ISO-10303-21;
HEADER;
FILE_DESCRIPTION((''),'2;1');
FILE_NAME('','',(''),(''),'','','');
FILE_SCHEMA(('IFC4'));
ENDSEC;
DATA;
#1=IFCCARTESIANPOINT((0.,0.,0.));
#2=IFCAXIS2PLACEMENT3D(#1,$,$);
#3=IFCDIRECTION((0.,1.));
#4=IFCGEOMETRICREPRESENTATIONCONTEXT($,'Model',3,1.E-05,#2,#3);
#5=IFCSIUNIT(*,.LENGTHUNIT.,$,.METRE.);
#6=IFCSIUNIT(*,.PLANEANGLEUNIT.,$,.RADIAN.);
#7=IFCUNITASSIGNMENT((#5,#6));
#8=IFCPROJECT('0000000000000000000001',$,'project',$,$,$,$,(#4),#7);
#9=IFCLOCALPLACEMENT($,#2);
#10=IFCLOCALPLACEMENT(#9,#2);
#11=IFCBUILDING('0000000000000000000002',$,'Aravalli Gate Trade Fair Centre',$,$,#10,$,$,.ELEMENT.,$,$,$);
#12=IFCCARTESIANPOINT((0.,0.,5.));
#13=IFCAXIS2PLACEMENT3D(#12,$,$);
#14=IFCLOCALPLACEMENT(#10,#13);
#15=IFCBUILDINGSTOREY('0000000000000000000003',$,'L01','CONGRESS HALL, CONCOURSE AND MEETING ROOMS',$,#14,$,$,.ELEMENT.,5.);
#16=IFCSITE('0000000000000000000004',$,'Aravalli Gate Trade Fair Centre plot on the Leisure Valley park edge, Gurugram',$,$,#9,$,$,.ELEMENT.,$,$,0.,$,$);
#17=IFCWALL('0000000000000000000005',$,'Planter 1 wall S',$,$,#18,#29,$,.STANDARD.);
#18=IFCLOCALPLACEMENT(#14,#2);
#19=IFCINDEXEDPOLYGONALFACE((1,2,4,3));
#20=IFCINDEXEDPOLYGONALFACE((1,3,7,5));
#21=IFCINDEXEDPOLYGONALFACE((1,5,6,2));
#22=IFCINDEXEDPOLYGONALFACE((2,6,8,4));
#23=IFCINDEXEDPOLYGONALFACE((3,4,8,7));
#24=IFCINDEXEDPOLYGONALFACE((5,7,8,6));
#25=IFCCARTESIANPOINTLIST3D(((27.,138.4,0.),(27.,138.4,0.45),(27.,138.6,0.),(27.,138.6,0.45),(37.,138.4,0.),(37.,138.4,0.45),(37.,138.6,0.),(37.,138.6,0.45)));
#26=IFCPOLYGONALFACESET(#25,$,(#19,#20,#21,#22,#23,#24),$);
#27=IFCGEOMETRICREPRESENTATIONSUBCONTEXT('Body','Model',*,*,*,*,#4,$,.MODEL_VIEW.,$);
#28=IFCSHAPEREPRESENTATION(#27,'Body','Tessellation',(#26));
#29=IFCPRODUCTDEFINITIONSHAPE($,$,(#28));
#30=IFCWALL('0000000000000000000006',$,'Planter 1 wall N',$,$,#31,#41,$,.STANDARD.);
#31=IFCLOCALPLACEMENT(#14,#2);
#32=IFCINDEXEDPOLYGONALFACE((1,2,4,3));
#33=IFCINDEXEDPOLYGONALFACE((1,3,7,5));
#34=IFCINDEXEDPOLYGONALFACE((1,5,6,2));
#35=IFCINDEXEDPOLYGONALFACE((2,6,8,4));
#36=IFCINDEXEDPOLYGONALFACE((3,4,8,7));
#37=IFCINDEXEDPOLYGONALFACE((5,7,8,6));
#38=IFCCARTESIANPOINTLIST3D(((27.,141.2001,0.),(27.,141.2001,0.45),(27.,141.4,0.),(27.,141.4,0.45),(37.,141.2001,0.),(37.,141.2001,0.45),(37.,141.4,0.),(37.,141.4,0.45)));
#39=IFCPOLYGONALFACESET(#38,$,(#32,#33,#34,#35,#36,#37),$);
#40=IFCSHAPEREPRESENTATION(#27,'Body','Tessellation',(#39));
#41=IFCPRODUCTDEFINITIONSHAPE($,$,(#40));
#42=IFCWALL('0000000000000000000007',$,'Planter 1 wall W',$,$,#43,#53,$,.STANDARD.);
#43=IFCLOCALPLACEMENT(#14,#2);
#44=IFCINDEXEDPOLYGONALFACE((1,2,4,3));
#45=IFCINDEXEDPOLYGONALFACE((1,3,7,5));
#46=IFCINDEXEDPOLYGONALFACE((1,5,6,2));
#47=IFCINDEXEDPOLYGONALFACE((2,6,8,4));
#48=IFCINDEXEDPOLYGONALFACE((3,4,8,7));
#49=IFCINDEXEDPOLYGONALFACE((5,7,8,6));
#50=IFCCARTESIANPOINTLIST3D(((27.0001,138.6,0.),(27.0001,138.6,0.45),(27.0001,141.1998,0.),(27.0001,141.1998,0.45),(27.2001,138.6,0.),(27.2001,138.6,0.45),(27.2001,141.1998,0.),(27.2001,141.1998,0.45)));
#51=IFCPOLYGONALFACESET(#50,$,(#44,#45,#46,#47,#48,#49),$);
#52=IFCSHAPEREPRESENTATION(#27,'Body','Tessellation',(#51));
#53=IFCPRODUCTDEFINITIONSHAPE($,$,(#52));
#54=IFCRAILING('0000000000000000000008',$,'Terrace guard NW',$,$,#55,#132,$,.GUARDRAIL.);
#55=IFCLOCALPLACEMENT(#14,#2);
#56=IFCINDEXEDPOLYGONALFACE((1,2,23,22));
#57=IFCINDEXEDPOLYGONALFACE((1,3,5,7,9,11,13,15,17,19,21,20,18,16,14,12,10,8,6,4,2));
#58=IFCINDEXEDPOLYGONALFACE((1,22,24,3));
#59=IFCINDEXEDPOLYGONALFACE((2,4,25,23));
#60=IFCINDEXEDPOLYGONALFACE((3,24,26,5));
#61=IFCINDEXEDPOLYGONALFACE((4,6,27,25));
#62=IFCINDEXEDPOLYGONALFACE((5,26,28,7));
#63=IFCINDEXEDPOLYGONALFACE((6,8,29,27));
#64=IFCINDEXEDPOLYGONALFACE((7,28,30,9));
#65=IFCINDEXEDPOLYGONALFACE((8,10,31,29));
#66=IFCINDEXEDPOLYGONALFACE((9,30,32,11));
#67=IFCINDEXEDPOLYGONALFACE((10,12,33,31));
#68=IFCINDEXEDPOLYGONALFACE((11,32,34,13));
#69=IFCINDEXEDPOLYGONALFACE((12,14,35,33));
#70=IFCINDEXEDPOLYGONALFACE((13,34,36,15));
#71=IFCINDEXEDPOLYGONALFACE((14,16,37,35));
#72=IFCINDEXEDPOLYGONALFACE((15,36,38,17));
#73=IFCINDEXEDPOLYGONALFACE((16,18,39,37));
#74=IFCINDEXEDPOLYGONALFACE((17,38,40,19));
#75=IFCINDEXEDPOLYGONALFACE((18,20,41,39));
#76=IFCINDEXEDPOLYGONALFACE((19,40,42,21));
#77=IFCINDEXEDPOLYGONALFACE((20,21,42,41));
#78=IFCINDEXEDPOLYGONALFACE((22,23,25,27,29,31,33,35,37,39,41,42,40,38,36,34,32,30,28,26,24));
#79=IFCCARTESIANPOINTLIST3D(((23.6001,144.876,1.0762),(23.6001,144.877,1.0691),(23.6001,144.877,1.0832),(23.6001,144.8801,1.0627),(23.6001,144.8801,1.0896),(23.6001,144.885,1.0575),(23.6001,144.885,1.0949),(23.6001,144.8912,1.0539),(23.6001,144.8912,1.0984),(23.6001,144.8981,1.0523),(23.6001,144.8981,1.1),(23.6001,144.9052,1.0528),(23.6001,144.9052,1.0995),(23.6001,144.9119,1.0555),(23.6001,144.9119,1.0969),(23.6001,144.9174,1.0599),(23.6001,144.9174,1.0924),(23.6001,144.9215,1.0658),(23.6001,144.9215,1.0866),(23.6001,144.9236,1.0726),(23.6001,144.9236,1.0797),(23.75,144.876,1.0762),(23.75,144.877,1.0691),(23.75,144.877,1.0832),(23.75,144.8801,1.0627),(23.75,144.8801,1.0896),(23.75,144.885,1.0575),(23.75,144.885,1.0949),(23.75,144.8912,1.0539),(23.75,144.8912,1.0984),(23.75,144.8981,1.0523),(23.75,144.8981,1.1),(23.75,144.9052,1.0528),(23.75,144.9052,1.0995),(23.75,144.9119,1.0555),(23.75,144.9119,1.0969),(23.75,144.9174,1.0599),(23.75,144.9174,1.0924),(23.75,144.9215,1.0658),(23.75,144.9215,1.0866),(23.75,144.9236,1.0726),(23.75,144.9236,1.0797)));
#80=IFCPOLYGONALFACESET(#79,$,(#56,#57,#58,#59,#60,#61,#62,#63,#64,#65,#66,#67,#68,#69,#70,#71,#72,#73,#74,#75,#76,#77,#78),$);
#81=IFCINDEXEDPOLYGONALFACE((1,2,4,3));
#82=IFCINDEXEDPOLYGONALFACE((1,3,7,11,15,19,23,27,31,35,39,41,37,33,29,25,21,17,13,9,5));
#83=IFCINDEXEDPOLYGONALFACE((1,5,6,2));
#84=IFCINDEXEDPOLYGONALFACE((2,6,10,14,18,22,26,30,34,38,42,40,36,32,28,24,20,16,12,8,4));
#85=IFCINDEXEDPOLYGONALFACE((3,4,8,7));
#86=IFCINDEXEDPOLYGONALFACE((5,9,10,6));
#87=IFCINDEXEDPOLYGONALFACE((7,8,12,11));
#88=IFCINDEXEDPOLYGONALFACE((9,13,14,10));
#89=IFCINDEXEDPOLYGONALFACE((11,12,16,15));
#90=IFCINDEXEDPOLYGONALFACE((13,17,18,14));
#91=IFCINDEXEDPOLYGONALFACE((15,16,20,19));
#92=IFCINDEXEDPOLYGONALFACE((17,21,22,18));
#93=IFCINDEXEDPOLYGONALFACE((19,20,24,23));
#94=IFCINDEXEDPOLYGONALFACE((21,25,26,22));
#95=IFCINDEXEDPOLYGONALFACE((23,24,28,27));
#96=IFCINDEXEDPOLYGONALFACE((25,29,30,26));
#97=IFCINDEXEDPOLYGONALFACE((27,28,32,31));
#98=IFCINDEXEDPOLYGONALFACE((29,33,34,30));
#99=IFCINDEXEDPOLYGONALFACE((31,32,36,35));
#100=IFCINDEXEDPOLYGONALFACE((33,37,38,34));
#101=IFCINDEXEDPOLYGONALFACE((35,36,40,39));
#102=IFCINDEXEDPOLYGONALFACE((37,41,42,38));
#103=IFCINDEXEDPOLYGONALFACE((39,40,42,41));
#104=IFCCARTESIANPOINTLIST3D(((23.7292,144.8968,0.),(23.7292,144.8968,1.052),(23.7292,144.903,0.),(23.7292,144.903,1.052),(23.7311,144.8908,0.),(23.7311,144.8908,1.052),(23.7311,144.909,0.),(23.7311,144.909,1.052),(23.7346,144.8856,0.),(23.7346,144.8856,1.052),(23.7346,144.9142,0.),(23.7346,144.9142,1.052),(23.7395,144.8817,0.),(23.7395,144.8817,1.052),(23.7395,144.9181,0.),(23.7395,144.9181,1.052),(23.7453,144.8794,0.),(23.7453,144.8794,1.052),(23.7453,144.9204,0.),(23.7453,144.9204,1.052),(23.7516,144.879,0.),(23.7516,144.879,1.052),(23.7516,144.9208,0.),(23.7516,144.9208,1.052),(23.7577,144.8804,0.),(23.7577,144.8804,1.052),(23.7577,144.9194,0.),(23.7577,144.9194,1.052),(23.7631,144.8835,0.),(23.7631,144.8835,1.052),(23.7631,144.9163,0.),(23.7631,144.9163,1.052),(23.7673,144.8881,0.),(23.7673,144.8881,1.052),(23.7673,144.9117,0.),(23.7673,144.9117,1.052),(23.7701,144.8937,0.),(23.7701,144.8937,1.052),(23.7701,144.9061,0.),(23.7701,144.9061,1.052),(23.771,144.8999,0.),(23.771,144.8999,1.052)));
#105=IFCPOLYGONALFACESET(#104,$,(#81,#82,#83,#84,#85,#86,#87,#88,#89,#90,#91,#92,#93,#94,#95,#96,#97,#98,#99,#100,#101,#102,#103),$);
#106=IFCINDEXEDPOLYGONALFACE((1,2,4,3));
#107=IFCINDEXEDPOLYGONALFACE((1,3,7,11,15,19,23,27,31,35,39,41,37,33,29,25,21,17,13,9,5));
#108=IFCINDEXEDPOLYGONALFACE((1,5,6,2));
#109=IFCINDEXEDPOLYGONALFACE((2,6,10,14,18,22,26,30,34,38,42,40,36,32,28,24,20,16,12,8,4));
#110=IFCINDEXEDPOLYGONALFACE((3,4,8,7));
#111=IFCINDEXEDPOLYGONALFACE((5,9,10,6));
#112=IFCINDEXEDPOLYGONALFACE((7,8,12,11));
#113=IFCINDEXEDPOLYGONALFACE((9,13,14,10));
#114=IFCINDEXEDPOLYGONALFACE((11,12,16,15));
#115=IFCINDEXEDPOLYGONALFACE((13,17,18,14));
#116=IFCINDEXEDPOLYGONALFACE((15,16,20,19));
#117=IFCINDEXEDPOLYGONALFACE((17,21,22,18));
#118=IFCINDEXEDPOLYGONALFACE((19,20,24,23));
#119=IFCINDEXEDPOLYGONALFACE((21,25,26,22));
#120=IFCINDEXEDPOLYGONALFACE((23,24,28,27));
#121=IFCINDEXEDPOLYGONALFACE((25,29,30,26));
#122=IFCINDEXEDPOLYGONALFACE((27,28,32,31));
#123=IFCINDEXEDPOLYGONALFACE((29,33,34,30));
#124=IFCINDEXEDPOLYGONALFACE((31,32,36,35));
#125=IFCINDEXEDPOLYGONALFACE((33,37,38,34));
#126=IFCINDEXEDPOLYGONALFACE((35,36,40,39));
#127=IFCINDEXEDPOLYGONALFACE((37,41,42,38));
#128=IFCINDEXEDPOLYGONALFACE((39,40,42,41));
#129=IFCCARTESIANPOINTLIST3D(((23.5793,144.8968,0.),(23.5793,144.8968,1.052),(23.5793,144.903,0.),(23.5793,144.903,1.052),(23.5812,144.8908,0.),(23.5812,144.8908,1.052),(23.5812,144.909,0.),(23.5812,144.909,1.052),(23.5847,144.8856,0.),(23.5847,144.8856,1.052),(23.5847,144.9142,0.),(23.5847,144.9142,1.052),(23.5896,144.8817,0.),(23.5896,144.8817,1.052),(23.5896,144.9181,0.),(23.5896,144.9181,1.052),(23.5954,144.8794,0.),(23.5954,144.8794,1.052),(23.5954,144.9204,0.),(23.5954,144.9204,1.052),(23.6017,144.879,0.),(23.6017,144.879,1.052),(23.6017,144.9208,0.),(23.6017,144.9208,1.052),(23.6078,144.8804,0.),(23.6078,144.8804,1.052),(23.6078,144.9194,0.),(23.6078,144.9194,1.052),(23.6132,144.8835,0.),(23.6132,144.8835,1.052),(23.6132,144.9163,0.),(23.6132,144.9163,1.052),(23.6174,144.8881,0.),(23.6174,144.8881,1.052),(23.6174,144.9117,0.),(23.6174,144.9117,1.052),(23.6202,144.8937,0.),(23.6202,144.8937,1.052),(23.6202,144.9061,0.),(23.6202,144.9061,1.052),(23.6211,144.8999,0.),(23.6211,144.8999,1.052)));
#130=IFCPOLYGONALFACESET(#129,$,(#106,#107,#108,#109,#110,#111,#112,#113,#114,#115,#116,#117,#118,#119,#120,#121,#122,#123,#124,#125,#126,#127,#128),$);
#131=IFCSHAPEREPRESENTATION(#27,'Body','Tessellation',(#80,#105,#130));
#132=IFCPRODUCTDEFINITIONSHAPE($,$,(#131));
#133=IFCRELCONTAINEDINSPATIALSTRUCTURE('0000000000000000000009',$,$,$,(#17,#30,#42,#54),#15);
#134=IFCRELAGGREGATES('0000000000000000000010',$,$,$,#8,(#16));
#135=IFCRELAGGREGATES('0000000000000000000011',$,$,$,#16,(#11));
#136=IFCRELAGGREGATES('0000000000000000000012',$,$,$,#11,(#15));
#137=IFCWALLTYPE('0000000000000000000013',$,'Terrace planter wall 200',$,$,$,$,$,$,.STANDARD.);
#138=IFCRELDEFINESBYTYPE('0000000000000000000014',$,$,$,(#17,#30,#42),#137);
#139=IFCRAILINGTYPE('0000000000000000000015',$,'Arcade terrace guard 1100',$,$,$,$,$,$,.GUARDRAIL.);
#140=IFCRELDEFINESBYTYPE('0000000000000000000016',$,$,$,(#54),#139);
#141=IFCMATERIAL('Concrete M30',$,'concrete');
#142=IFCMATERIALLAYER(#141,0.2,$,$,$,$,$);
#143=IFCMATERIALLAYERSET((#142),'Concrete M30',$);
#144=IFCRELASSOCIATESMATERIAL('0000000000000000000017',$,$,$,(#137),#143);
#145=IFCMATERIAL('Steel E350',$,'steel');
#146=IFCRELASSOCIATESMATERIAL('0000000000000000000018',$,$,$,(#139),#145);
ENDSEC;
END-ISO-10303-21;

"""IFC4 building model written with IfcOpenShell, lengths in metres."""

from ifc_helpers import new_model, si_unit, direction, frame, frame_2d, origin, origin_2d, place, context, subcontext, project, spatial, rectangle, circle, extrude, material, layer, layer_set, type_object, element, save


model = new_model("IFC4")

# Units and contexts
model_context = context("Model", 3, precision=1e-05, world=origin(), true_north=direction((0.0, 1.0)))
body_context = subcontext(model_context, "Body", "Model", "MODEL_VIEW")
ifc_project = project(units=[si_unit("LENGTHUNIT", "METRE"), si_unit("PLANEANGLEUNIT", "RADIAN")], contexts=[model_context])

# Site, building, storey
site_placement = place(None, origin())
site = spatial("IfcSite", under=ifc_project, at=site_placement, Name="Aravalli Gate Trade Fair Centre plot on the Leisure Valley park edge, Gurugram", CompositionType="ELEMENT", RefElevation=0.0)
building_placement = place(site_placement, origin())
building = spatial("IfcBuilding", under=site, at=building_placement, Name="Aravalli Gate Trade Fair Centre", CompositionType="ELEMENT")
storey_placement = place(building_placement, frame((0.0, 0.0, 5.0)))
storey = spatial("IfcBuildingStorey", under=building, at=storey_placement, Name="L01", Description="CONGRESS HALL, CONCOURSE AND MEETING ROOMS", CompositionType="ELEMENT", Elevation=5.0)

# Walls
ifc_material_1 = material(Name="Concrete M30", Category="concrete")
ifc_layer_1 = layer(ifc_material_1, 0.2)
ifc_layer_set_1 = layer_set([ifc_layer_1], Name="Concrete M30")
wall_type_1 = type_object("IfcWallType", Name="Terrace planter wall 200", PredefinedType="STANDARD", material=ifc_layer_set_1)
for number, where, z_axis, x_axis, name in (
    (1, (27.0, 138.5, 0.0), (0.0, 0.0, 1.0), (1.0, 0.0, 0.0), "Planter 1 wall S"),
    (2, (27.0, 141.3, 0.0), (0.0, 0.0, 1.0), (1.0, 0.0, 0.0), "Planter 1 wall N"),
):
    element("IfcWall", number, at=place(storey_placement, frame(where, z_axis=z_axis, x_axis=x_axis)), inside=storey, type_object=wall_type_1, Name=name, PredefinedType="STANDARD", context=body_context, shape_type="SweptSolid", body=[
        extrude(rectangle(XDim=10.0, YDim=0.2, at=frame_2d((5.0, 0.0))), origin(), (0.0, 0.0, 1.0), 0.45),
    ])
wall_1_placement = place(storey_placement, frame((27.1001, 138.6001, 0.0), z_axis=(0.0, 0.0, 1.0), x_axis=(0.0, 1.0, 0.0)))
element("IfcWall", 3, at=wall_1_placement, inside=storey, type_object=wall_type_1, Name="Planter 1 wall W", PredefinedType="STANDARD", context=body_context, shape_type="SweptSolid", body=[
    extrude(rectangle(XDim=2.5999, YDim=0.2, at=frame_2d((1.2998, 0.0))), origin(), (0.0, 0.0, 1.0), 0.45),
])

# Railing
ifc_material_2 = material(Name="Steel E350", Category="steel")
railing_type = type_object("IfcRailingType", Name="Arcade terrace guard 1100", PredefinedType="GUARDRAIL", material=ifc_material_2)
railing_1_placement = place(storey_placement, frame((23.75, 144.8999, 0.0)))
element("IfcRailing", 4, at=railing_1_placement, inside=storey, type_object=railing_type, Name="Terrace guard NW", PredefinedType="GUARDRAIL", context=body_context, shape_type="SweptSolid", body=[
    extrude(circle(Radius=0.0239, at=origin_2d()), frame((0.0, 0.0, 1.0762), z_axis=(-1.0, 0.0, 0.0), x_axis=(0.0, -1.0, 0.0)), (0.0, 0.0, 1.0), 0.1499),
    extrude(circle(Radius=0.021, at=origin_2d()), origin(), (0.0, 0.0, 1.0), 1.052),
    extrude(circle(Radius=0.021, at=origin_2d()), frame((-0.1499, 0.0, 0.0)), (0.0, 0.0, 1.0), 1.052),
])

save(model, "model.ifc")
